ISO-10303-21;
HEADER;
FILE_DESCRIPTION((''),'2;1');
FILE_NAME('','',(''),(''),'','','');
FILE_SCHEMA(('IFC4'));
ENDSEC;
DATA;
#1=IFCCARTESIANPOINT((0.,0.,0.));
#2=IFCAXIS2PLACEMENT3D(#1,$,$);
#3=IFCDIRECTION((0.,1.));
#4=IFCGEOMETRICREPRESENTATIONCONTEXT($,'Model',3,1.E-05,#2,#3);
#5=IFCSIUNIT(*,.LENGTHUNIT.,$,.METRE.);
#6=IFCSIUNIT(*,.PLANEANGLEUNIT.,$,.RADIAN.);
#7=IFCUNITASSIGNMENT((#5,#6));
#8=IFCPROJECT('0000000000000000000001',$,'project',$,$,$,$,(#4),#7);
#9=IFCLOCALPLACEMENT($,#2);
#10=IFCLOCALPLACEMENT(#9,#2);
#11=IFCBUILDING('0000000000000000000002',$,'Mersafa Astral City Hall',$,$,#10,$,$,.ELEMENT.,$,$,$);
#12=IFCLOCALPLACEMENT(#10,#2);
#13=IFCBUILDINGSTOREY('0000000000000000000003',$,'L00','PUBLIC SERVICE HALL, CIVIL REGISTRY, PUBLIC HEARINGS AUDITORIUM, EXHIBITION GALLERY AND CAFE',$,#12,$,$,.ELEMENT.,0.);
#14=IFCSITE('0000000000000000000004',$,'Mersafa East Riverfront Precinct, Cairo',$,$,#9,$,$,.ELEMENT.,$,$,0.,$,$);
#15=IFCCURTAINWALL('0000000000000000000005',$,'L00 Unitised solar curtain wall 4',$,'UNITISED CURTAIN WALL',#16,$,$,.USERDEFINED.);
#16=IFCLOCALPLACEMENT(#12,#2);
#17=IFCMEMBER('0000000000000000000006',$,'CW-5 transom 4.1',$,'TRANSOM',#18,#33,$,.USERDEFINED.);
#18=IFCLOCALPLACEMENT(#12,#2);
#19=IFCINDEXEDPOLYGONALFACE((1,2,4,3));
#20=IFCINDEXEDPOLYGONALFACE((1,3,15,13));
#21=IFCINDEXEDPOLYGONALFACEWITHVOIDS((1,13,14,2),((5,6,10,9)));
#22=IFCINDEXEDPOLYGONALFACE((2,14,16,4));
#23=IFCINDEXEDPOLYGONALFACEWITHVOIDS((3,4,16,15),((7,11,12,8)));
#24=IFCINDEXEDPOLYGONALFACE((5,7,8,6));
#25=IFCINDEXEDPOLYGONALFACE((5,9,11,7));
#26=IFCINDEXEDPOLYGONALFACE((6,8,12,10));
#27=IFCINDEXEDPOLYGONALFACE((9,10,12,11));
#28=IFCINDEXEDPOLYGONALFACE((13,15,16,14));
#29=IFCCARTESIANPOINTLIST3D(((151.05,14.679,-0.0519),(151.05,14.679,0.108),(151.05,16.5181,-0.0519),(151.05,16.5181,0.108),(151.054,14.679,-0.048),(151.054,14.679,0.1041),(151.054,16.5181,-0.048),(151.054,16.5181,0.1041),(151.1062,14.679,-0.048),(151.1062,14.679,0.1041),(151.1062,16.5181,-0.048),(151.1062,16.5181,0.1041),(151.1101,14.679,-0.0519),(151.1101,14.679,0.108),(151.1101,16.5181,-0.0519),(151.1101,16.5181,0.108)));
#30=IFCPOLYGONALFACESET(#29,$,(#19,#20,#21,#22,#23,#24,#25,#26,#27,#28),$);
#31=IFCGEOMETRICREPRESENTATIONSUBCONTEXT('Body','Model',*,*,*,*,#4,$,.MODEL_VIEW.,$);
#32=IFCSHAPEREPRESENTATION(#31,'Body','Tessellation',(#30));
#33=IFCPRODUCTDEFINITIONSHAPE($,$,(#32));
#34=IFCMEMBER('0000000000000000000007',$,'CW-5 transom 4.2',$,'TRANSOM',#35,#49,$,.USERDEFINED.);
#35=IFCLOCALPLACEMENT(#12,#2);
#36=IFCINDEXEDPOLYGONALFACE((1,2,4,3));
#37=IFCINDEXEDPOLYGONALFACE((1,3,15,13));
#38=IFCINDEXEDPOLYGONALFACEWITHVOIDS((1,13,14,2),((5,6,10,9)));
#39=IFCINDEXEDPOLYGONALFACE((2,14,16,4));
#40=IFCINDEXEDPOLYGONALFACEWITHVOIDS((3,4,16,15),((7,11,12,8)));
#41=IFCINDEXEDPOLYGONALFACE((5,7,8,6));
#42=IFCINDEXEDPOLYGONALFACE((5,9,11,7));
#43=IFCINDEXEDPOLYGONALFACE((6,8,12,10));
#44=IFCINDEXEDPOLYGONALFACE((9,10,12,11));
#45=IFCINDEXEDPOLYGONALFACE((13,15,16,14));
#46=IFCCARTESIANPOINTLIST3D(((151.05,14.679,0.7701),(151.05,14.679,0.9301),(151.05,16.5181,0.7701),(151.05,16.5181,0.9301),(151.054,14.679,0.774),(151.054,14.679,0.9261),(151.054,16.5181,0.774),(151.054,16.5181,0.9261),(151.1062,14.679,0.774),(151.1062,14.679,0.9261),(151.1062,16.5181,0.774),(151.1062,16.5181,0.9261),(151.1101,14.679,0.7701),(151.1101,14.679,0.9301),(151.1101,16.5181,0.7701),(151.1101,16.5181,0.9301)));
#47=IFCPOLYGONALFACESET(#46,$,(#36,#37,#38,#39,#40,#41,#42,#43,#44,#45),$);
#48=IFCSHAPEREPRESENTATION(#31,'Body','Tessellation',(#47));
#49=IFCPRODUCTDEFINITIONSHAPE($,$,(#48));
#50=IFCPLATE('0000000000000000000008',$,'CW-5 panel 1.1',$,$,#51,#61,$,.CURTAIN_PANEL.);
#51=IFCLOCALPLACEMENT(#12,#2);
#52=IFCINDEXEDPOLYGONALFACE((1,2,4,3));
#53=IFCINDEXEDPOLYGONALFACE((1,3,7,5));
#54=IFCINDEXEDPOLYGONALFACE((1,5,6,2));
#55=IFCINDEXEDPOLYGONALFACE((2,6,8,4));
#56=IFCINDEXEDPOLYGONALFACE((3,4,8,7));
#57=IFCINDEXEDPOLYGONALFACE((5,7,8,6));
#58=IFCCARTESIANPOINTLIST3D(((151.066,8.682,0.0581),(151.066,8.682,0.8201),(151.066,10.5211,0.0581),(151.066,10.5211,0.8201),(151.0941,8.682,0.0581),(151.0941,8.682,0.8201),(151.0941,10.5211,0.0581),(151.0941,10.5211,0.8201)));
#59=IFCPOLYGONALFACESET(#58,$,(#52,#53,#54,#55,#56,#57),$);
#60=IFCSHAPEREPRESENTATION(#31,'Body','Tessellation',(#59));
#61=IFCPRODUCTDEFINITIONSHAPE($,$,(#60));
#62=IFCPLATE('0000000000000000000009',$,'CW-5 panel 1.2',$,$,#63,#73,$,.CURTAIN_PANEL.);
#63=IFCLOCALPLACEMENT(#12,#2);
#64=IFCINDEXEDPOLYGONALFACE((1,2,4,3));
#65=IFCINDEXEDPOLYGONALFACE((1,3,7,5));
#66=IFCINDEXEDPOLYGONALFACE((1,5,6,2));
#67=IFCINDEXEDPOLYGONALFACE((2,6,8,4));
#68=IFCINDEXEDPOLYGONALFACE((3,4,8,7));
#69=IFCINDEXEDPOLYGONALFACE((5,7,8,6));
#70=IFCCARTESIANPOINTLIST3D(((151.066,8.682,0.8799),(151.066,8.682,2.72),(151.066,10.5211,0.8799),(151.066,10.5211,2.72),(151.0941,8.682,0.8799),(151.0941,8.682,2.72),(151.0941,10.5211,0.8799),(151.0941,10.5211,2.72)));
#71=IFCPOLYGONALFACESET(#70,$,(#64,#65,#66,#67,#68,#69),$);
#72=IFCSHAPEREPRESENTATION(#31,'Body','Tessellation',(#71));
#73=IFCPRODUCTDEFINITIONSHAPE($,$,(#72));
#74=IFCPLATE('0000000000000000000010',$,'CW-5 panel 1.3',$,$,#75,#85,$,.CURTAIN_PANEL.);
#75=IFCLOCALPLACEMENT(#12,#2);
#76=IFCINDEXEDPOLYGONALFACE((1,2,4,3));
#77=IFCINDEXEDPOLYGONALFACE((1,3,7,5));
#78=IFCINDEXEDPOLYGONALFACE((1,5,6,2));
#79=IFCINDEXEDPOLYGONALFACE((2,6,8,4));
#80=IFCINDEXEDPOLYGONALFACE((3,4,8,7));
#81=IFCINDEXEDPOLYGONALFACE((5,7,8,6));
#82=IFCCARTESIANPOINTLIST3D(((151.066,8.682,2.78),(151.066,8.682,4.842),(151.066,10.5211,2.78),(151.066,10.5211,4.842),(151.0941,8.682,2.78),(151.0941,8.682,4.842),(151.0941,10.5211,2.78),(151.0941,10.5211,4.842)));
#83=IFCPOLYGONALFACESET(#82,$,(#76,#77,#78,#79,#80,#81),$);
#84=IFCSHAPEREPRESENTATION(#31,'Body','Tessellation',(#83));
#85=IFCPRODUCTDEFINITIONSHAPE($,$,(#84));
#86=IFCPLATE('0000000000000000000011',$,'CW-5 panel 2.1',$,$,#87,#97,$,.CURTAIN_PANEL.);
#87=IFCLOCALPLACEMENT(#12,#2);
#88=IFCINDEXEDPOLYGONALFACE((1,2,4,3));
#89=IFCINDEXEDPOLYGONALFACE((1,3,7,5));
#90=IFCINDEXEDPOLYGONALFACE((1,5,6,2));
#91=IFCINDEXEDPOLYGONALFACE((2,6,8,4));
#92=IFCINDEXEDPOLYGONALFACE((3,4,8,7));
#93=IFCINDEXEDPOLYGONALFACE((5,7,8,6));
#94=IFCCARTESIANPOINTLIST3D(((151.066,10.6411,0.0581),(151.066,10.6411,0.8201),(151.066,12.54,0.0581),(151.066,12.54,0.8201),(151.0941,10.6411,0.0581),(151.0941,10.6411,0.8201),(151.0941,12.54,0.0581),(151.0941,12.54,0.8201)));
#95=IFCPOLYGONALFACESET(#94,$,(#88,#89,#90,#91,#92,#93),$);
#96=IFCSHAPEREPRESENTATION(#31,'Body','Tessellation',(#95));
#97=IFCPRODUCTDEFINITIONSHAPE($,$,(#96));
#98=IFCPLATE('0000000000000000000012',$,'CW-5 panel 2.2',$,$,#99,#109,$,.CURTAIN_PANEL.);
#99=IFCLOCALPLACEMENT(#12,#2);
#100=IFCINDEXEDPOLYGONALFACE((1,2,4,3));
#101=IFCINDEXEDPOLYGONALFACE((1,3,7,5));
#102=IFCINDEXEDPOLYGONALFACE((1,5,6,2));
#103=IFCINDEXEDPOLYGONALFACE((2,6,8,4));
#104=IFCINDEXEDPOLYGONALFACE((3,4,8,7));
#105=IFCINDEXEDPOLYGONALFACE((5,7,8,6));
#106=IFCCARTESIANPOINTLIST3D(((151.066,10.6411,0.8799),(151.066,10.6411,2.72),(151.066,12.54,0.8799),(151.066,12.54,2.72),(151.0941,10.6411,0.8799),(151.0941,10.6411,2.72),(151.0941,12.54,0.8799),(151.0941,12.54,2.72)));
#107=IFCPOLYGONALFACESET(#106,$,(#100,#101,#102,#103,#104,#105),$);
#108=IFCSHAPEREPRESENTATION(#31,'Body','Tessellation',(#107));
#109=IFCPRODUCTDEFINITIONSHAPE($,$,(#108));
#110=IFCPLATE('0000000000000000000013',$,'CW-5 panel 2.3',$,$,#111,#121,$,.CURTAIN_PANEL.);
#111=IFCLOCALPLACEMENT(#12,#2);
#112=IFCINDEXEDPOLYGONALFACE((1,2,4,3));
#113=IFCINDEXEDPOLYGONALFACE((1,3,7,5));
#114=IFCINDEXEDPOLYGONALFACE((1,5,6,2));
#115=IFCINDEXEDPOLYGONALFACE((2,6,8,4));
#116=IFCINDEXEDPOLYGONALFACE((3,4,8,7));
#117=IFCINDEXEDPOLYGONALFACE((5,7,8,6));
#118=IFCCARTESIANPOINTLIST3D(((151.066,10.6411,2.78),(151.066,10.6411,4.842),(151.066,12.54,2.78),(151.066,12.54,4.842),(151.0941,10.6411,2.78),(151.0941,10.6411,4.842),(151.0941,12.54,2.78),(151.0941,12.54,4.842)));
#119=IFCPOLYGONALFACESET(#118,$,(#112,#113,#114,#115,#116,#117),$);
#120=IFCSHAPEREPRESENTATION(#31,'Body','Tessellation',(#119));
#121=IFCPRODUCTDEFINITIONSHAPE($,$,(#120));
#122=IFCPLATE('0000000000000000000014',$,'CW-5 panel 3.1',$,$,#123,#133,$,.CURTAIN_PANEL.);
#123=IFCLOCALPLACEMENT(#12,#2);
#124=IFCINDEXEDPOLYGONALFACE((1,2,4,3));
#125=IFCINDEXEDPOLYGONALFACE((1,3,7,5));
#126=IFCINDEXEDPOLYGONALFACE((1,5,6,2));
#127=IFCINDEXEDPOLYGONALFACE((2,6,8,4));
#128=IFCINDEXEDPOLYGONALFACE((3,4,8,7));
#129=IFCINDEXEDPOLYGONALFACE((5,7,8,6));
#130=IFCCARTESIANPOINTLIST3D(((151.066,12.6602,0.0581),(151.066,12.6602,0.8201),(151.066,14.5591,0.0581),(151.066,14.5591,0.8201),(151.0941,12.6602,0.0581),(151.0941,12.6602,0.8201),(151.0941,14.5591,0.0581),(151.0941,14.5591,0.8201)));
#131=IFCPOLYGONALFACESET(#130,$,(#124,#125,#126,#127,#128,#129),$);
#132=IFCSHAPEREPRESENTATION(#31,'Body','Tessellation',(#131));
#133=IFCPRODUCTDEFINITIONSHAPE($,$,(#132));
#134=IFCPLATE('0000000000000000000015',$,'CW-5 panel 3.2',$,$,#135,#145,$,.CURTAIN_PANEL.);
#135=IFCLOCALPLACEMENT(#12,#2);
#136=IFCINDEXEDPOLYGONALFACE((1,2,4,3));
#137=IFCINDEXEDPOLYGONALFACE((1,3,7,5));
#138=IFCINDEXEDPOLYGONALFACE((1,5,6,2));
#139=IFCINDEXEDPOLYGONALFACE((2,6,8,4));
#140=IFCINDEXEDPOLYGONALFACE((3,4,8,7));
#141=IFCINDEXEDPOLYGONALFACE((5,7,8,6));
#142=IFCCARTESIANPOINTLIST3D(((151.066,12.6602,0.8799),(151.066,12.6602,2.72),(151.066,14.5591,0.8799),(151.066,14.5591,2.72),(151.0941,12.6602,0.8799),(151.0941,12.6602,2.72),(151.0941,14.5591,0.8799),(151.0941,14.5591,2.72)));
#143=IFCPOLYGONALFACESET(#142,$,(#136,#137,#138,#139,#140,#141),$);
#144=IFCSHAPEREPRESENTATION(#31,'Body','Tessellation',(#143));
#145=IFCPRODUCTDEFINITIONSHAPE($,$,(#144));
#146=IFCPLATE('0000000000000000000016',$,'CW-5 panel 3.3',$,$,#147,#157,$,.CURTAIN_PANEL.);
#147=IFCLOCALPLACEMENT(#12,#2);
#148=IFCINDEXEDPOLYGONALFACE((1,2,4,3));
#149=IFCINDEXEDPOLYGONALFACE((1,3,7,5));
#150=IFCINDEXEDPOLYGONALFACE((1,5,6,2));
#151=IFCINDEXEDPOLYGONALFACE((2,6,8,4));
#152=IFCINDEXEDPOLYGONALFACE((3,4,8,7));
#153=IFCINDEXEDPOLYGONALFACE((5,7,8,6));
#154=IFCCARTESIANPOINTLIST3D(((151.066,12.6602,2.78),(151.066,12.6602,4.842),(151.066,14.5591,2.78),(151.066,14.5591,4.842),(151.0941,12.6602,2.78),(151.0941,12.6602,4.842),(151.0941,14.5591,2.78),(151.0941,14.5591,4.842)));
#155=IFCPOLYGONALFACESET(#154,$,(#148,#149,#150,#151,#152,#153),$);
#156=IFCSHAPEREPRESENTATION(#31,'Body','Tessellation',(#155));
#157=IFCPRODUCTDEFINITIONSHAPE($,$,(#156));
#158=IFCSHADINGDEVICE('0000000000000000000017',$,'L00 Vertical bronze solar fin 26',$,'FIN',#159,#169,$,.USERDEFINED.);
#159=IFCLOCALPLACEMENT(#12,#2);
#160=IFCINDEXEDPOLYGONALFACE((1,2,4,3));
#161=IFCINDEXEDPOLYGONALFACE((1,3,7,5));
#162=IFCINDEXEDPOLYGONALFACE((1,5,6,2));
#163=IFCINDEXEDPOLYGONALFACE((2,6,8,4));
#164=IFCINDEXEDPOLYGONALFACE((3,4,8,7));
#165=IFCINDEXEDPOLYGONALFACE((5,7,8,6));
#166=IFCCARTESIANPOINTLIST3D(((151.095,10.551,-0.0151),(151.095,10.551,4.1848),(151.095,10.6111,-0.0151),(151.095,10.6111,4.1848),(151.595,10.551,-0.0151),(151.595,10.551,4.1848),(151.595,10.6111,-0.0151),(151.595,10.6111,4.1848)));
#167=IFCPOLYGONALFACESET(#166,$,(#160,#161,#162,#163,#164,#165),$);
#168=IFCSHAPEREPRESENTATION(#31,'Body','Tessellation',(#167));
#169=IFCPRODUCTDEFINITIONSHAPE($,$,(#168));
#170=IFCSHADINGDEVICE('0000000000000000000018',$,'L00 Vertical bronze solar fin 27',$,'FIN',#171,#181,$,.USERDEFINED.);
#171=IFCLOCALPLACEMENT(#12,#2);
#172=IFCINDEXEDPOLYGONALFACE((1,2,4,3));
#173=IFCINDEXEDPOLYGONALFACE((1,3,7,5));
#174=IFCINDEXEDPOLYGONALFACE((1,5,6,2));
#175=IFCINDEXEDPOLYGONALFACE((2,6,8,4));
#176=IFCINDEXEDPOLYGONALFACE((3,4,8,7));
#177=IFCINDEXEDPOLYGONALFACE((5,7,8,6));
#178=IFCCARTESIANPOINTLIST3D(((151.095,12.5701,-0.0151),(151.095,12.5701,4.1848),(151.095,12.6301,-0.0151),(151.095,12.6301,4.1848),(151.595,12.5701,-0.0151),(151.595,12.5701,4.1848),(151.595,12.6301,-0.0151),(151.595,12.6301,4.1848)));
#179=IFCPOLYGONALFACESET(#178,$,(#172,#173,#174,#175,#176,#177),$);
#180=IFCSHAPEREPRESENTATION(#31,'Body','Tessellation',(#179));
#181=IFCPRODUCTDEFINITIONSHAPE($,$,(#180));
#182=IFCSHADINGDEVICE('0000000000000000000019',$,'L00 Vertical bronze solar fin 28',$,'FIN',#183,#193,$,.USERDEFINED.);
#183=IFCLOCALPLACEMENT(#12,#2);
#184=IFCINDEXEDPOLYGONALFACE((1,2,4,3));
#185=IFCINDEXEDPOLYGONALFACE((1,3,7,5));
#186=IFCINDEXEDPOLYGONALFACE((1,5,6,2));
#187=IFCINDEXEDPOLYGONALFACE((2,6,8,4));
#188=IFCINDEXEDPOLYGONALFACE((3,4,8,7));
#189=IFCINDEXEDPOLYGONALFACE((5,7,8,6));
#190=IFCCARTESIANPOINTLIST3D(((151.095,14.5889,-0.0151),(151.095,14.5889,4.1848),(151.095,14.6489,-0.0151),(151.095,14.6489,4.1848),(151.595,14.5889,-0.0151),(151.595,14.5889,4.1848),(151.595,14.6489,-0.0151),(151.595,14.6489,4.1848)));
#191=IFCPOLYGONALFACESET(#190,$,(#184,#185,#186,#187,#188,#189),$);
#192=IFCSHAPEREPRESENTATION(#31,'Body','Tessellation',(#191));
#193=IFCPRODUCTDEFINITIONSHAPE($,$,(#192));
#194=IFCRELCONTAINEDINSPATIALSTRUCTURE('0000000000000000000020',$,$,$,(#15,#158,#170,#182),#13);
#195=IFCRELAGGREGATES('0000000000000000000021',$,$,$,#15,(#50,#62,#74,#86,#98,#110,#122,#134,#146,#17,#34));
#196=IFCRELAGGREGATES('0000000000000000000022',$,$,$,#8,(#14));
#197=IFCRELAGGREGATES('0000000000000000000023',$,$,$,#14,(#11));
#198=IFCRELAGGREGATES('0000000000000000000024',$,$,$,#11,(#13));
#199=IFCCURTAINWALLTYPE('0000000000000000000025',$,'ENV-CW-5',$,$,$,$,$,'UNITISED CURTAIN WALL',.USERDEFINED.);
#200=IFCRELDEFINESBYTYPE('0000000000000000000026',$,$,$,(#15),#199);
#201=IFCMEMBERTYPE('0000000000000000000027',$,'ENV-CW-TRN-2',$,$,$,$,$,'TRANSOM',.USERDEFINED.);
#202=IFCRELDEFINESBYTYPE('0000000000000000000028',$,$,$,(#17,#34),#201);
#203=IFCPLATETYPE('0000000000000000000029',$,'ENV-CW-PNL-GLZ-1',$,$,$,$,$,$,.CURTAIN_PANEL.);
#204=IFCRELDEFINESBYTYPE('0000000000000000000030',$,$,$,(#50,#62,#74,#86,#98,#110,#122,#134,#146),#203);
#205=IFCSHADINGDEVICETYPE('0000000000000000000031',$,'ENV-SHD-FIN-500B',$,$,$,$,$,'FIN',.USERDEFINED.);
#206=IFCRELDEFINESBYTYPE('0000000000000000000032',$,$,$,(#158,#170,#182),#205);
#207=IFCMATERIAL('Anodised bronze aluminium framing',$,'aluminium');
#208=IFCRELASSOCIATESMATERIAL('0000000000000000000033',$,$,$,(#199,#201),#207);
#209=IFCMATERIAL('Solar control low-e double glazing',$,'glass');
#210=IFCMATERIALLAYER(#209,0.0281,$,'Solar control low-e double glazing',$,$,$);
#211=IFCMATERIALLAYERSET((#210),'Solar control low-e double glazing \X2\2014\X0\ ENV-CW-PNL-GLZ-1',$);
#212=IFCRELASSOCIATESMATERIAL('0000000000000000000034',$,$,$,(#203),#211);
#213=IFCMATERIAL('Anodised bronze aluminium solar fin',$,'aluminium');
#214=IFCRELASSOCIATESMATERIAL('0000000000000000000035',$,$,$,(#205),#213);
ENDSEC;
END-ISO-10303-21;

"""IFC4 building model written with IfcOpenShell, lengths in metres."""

from ifc_helpers import new_model, si_unit, direction, frame, origin, origin_2d, place, context, subcontext, project, spatial, rectangle, hollow_rectangle, extrude, material, layer, layer_set, material_profile, profile_set, type_object, element, aggregate, save


model = new_model("IFC4")

# Units and contexts
model_context = context("Model", 3, precision=1e-05, world=origin(), true_north=direction((0.0, 1.0)))
body_context = subcontext(model_context, "Body", "Model", "MODEL_VIEW")
ifc_project = project(units=[si_unit("LENGTHUNIT", "METRE"), si_unit("PLANEANGLEUNIT", "RADIAN")], contexts=[model_context])

# Site, building, storey
site_placement = place(None, origin())
site = spatial("IfcSite", under=ifc_project, at=site_placement, Name="Mersafa East Riverfront Precinct, Cairo", CompositionType="ELEMENT", RefElevation=0.0)
building_placement = place(site_placement, origin())
building = spatial("IfcBuilding", under=site, at=building_placement, Name="Mersafa Astral City Hall", CompositionType="ELEMENT")
storey_placement = place(building_placement, origin())
storey = spatial("IfcBuildingStorey", under=building, at=storey_placement, Name="L00", Description="PUBLIC SERVICE HALL, CIVIL REGISTRY, PUBLIC HEARINGS AUDITORIUM, EXHIBITION GALLERY AND CAFE", CompositionType="ELEMENT", Elevation=0.0)

# Curtain wall, members, plates
ifc_material_1 = material(Name="Anodised bronze aluminium framing", Category="aluminium")
curtain_wall_type = type_object("IfcCurtainWallType", Name="ENV-CW-5", ElementType="UNITISED CURTAIN WALL", PredefinedType="USERDEFINED", material=ifc_material_1)
curtain_wall_placement = place(storey_placement, origin())
curtain_wall = element("IfcCurtainWall", 1, at=curtain_wall_placement, inside=storey, type_object=curtain_wall_type, Name="L00 Unitised solar curtain wall 4", ObjectType="UNITISED CURTAIN WALL", PredefinedType="USERDEFINED")
ifc_material_profile_1 = material_profile(ifc_material_1, hollow_rectangle(XDim=0.0601, YDim=0.1599, WallThickness=0.0039, at=origin_2d()), Name="RHS 60x160x4")
ifc_profile_set_1 = profile_set([ifc_material_profile_1], Name="Anodised bronze aluminium framing")
member_type_1 = type_object("IfcMemberType", Name="ENV-CW-TRN-2", ElementType="TRANSOM", PredefinedType="USERDEFINED", material=ifc_profile_set_1)
member_1_placement = place(storey_placement, frame((151.0801, 14.679, 0.0281), z_axis=(0.0, 1.0, 0.0), x_axis=(-1.0, 0.0, 0.0)))
member_1 = element("IfcMember", 2, at=member_1_placement, type_object=member_type_1, Name="CW-5 transom 4.1", ObjectType="TRANSOM", PredefinedType="USERDEFINED", context=body_context, shape_type="SweptSolid", body=[
    extrude(hollow_rectangle(XDim=0.0601, YDim=0.1599, WallThickness=0.0039, at=origin_2d()), origin(), (0.0, 0.0, 1.0), 1.8391),
])
member_2_placement = place(storey_placement, frame((151.0801, 14.679, 0.8501), z_axis=(0.0, 1.0, 0.0), x_axis=(-1.0, 0.0, 0.0)))
member_2 = element("IfcMember", 3, at=member_2_placement, type_object=member_type_1, Name="CW-5 transom 4.2", ObjectType="TRANSOM", PredefinedType="USERDEFINED", context=body_context, shape_type="SweptSolid", body=[
    extrude(hollow_rectangle(XDim=0.0601, YDim=0.1599, WallThickness=0.0039, at=origin_2d()), origin(), (0.0, 0.0, 1.0), 1.8391),
])
ifc_material_2 = material(Name="Solar control low-e double glazing", Category="glass")
ifc_layer = layer(ifc_material_2, 0.0281, Name="Solar control low-e double glazing")
ifc_layer_set = layer_set([ifc_layer], Name="Solar control low-e double glazing — ENV-CW-PNL-GLZ-1")
plate_type = type_object("IfcPlateType", Name="ENV-CW-PNL-GLZ-1", PredefinedType="CURTAIN_PANEL", material=ifc_layer_set)
plate_1_placement = place(storey_placement, frame((151.0801, 9.6016, 0.0581), z_axis=(0.0, 0.0, 1.0), x_axis=(0.0, 1.0, 0.0)))
plate_1 = element("IfcPlate", 4, at=plate_1_placement, type_object=plate_type, Name="CW-5 panel 1.1", PredefinedType="CURTAIN_PANEL", context=body_context, shape_type="SweptSolid", body=[
    extrude(rectangle(XDim=1.8391, YDim=0.0281, at=origin_2d()), origin(), (0.0, 0.0, 1.0), 0.762),
])
plate_2_placement = place(storey_placement, frame((151.0801, 9.6016, 0.8799), z_axis=(0.0, 0.0, 1.0), x_axis=(0.0, 1.0, 0.0)))
plate_2 = element("IfcPlate", 5, at=plate_2_placement, type_object=plate_type, Name="CW-5 panel 1.2", PredefinedType="CURTAIN_PANEL", context=body_context, shape_type="SweptSolid", body=[
    extrude(rectangle(XDim=1.8391, YDim=0.0281, at=origin_2d()), origin(), (0.0, 0.0, 1.0), 1.8401),
])
plate_3_placement = place(storey_placement, frame((151.0801, 9.6016, 2.78), z_axis=(0.0, 0.0, 1.0), x_axis=(0.0, 1.0, 0.0)))
plate_3 = element("IfcPlate", 6, at=plate_3_placement, type_object=plate_type, Name="CW-5 panel 1.3", PredefinedType="CURTAIN_PANEL", context=body_context, shape_type="SweptSolid", body=[
    extrude(rectangle(XDim=1.8391, YDim=0.0281, at=origin_2d()), origin(), (0.0, 0.0, 1.0), 2.062),
])
plate_4_placement = place(storey_placement, frame((151.0801, 11.5906, 0.0581), z_axis=(0.0, 0.0, 1.0), x_axis=(0.0, 1.0, 0.0)))
plate_4 = element("IfcPlate", 7, at=plate_4_placement, type_object=plate_type, Name="CW-5 panel 2.1", PredefinedType="CURTAIN_PANEL", context=body_context, shape_type="SweptSolid", body=[
    extrude(rectangle(XDim=1.8989, YDim=0.0281, at=origin_2d()), origin(), (0.0, 0.0, 1.0), 0.762),
])
plate_5_placement = place(storey_placement, frame((151.0801, 11.5906, 0.8799), z_axis=(0.0, 0.0, 1.0), x_axis=(0.0, 1.0, 0.0)))
plate_5 = element("IfcPlate", 8, at=plate_5_placement, type_object=plate_type, Name="CW-5 panel 2.2", PredefinedType="CURTAIN_PANEL", context=body_context, shape_type="SweptSolid", body=[
    extrude(rectangle(XDim=1.8989, YDim=0.0281, at=origin_2d()), origin(), (0.0, 0.0, 1.0), 1.8401),
])
plate_6_placement = place(storey_placement, frame((151.0801, 11.5906, 2.78), z_axis=(0.0, 0.0, 1.0), x_axis=(0.0, 1.0, 0.0)))
plate_6 = element("IfcPlate", 9, at=plate_6_placement, type_object=plate_type, Name="CW-5 panel 2.3", PredefinedType="CURTAIN_PANEL", context=body_context, shape_type="SweptSolid", body=[
    extrude(rectangle(XDim=1.8989, YDim=0.0281, at=origin_2d()), origin(), (0.0, 0.0, 1.0), 2.062),
])
plate_7_placement = place(storey_placement, frame((151.0801, 13.6096, 0.0581), z_axis=(0.0, 0.0, 1.0), x_axis=(0.0, 1.0, 0.0)))
plate_7 = element("IfcPlate", 10, at=plate_7_placement, type_object=plate_type, Name="CW-5 panel 3.1", PredefinedType="CURTAIN_PANEL", context=body_context, shape_type="SweptSolid", body=[
    extrude(rectangle(XDim=1.8989, YDim=0.0281, at=origin_2d()), origin(), (0.0, 0.0, 1.0), 0.762),
])
plate_8_placement = place(storey_placement, frame((151.0801, 13.6096, 0.8799), z_axis=(0.0, 0.0, 1.0), x_axis=(0.0, 1.0, 0.0)))
plate_8 = element("IfcPlate", 11, at=plate_8_placement, type_object=plate_type, Name="CW-5 panel 3.2", PredefinedType="CURTAIN_PANEL", context=body_context, shape_type="SweptSolid", body=[
    extrude(rectangle(XDim=1.8989, YDim=0.0281, at=origin_2d()), origin(), (0.0, 0.0, 1.0), 1.8401),
])
plate_9_placement = place(storey_placement, frame((151.0801, 13.6096, 2.78), z_axis=(0.0, 0.0, 1.0), x_axis=(0.0, 1.0, 0.0)))
plate_9 = element("IfcPlate", 12, at=plate_9_placement, type_object=plate_type, Name="CW-5 panel 3.3", PredefinedType="CURTAIN_PANEL", context=body_context, shape_type="SweptSolid", body=[
    extrude(rectangle(XDim=1.8989, YDim=0.0281, at=origin_2d()), origin(), (0.0, 0.0, 1.0), 2.062),
])
aggregate(curtain_wall, [plate_1, plate_2, plate_3, plate_4, plate_5, plate_6, plate_7, plate_8, plate_9, member_1, member_2])

# Shading devices
ifc_material_3 = material(Name="Anodised bronze aluminium solar fin", Category="aluminium")
shading_device_type = type_object("IfcShadingDeviceType", Name="ENV-SHD-FIN-500B", ElementType="FIN", PredefinedType="USERDEFINED", material=ifc_material_3)
for number, where, z_axis, x_axis, name in (
    (13, (151.345, 10.5811, -0.0151), (0.0, 0.0, 1.0), (0.0, 1.0, 0.0), "L00 Vertical bronze solar fin 26"),
    (14, (151.345, 12.6001, -0.0151), (0.0, 0.0, 1.0), (0.0, 1.0, 0.0), "L00 Vertical bronze solar fin 27"),
    (15, (151.345, 14.6189, -0.0151), (0.0, 0.0, 1.0), (0.0, 1.0, 0.0), "L00 Vertical bronze solar fin 28"),
):
    element("IfcShadingDevice", number, at=place(storey_placement, frame(where, z_axis=z_axis, x_axis=x_axis)), inside=storey, type_object=shading_device_type, Name=name, ObjectType="FIN", PredefinedType="USERDEFINED", context=body_context, shape_type="SweptSolid", body=[
        extrude(rectangle(XDim=0.0601, YDim=0.5, at=origin_2d()), origin(), (0.0, 0.0, 1.0), 4.2),
    ])

save(model, "model.ifc")
